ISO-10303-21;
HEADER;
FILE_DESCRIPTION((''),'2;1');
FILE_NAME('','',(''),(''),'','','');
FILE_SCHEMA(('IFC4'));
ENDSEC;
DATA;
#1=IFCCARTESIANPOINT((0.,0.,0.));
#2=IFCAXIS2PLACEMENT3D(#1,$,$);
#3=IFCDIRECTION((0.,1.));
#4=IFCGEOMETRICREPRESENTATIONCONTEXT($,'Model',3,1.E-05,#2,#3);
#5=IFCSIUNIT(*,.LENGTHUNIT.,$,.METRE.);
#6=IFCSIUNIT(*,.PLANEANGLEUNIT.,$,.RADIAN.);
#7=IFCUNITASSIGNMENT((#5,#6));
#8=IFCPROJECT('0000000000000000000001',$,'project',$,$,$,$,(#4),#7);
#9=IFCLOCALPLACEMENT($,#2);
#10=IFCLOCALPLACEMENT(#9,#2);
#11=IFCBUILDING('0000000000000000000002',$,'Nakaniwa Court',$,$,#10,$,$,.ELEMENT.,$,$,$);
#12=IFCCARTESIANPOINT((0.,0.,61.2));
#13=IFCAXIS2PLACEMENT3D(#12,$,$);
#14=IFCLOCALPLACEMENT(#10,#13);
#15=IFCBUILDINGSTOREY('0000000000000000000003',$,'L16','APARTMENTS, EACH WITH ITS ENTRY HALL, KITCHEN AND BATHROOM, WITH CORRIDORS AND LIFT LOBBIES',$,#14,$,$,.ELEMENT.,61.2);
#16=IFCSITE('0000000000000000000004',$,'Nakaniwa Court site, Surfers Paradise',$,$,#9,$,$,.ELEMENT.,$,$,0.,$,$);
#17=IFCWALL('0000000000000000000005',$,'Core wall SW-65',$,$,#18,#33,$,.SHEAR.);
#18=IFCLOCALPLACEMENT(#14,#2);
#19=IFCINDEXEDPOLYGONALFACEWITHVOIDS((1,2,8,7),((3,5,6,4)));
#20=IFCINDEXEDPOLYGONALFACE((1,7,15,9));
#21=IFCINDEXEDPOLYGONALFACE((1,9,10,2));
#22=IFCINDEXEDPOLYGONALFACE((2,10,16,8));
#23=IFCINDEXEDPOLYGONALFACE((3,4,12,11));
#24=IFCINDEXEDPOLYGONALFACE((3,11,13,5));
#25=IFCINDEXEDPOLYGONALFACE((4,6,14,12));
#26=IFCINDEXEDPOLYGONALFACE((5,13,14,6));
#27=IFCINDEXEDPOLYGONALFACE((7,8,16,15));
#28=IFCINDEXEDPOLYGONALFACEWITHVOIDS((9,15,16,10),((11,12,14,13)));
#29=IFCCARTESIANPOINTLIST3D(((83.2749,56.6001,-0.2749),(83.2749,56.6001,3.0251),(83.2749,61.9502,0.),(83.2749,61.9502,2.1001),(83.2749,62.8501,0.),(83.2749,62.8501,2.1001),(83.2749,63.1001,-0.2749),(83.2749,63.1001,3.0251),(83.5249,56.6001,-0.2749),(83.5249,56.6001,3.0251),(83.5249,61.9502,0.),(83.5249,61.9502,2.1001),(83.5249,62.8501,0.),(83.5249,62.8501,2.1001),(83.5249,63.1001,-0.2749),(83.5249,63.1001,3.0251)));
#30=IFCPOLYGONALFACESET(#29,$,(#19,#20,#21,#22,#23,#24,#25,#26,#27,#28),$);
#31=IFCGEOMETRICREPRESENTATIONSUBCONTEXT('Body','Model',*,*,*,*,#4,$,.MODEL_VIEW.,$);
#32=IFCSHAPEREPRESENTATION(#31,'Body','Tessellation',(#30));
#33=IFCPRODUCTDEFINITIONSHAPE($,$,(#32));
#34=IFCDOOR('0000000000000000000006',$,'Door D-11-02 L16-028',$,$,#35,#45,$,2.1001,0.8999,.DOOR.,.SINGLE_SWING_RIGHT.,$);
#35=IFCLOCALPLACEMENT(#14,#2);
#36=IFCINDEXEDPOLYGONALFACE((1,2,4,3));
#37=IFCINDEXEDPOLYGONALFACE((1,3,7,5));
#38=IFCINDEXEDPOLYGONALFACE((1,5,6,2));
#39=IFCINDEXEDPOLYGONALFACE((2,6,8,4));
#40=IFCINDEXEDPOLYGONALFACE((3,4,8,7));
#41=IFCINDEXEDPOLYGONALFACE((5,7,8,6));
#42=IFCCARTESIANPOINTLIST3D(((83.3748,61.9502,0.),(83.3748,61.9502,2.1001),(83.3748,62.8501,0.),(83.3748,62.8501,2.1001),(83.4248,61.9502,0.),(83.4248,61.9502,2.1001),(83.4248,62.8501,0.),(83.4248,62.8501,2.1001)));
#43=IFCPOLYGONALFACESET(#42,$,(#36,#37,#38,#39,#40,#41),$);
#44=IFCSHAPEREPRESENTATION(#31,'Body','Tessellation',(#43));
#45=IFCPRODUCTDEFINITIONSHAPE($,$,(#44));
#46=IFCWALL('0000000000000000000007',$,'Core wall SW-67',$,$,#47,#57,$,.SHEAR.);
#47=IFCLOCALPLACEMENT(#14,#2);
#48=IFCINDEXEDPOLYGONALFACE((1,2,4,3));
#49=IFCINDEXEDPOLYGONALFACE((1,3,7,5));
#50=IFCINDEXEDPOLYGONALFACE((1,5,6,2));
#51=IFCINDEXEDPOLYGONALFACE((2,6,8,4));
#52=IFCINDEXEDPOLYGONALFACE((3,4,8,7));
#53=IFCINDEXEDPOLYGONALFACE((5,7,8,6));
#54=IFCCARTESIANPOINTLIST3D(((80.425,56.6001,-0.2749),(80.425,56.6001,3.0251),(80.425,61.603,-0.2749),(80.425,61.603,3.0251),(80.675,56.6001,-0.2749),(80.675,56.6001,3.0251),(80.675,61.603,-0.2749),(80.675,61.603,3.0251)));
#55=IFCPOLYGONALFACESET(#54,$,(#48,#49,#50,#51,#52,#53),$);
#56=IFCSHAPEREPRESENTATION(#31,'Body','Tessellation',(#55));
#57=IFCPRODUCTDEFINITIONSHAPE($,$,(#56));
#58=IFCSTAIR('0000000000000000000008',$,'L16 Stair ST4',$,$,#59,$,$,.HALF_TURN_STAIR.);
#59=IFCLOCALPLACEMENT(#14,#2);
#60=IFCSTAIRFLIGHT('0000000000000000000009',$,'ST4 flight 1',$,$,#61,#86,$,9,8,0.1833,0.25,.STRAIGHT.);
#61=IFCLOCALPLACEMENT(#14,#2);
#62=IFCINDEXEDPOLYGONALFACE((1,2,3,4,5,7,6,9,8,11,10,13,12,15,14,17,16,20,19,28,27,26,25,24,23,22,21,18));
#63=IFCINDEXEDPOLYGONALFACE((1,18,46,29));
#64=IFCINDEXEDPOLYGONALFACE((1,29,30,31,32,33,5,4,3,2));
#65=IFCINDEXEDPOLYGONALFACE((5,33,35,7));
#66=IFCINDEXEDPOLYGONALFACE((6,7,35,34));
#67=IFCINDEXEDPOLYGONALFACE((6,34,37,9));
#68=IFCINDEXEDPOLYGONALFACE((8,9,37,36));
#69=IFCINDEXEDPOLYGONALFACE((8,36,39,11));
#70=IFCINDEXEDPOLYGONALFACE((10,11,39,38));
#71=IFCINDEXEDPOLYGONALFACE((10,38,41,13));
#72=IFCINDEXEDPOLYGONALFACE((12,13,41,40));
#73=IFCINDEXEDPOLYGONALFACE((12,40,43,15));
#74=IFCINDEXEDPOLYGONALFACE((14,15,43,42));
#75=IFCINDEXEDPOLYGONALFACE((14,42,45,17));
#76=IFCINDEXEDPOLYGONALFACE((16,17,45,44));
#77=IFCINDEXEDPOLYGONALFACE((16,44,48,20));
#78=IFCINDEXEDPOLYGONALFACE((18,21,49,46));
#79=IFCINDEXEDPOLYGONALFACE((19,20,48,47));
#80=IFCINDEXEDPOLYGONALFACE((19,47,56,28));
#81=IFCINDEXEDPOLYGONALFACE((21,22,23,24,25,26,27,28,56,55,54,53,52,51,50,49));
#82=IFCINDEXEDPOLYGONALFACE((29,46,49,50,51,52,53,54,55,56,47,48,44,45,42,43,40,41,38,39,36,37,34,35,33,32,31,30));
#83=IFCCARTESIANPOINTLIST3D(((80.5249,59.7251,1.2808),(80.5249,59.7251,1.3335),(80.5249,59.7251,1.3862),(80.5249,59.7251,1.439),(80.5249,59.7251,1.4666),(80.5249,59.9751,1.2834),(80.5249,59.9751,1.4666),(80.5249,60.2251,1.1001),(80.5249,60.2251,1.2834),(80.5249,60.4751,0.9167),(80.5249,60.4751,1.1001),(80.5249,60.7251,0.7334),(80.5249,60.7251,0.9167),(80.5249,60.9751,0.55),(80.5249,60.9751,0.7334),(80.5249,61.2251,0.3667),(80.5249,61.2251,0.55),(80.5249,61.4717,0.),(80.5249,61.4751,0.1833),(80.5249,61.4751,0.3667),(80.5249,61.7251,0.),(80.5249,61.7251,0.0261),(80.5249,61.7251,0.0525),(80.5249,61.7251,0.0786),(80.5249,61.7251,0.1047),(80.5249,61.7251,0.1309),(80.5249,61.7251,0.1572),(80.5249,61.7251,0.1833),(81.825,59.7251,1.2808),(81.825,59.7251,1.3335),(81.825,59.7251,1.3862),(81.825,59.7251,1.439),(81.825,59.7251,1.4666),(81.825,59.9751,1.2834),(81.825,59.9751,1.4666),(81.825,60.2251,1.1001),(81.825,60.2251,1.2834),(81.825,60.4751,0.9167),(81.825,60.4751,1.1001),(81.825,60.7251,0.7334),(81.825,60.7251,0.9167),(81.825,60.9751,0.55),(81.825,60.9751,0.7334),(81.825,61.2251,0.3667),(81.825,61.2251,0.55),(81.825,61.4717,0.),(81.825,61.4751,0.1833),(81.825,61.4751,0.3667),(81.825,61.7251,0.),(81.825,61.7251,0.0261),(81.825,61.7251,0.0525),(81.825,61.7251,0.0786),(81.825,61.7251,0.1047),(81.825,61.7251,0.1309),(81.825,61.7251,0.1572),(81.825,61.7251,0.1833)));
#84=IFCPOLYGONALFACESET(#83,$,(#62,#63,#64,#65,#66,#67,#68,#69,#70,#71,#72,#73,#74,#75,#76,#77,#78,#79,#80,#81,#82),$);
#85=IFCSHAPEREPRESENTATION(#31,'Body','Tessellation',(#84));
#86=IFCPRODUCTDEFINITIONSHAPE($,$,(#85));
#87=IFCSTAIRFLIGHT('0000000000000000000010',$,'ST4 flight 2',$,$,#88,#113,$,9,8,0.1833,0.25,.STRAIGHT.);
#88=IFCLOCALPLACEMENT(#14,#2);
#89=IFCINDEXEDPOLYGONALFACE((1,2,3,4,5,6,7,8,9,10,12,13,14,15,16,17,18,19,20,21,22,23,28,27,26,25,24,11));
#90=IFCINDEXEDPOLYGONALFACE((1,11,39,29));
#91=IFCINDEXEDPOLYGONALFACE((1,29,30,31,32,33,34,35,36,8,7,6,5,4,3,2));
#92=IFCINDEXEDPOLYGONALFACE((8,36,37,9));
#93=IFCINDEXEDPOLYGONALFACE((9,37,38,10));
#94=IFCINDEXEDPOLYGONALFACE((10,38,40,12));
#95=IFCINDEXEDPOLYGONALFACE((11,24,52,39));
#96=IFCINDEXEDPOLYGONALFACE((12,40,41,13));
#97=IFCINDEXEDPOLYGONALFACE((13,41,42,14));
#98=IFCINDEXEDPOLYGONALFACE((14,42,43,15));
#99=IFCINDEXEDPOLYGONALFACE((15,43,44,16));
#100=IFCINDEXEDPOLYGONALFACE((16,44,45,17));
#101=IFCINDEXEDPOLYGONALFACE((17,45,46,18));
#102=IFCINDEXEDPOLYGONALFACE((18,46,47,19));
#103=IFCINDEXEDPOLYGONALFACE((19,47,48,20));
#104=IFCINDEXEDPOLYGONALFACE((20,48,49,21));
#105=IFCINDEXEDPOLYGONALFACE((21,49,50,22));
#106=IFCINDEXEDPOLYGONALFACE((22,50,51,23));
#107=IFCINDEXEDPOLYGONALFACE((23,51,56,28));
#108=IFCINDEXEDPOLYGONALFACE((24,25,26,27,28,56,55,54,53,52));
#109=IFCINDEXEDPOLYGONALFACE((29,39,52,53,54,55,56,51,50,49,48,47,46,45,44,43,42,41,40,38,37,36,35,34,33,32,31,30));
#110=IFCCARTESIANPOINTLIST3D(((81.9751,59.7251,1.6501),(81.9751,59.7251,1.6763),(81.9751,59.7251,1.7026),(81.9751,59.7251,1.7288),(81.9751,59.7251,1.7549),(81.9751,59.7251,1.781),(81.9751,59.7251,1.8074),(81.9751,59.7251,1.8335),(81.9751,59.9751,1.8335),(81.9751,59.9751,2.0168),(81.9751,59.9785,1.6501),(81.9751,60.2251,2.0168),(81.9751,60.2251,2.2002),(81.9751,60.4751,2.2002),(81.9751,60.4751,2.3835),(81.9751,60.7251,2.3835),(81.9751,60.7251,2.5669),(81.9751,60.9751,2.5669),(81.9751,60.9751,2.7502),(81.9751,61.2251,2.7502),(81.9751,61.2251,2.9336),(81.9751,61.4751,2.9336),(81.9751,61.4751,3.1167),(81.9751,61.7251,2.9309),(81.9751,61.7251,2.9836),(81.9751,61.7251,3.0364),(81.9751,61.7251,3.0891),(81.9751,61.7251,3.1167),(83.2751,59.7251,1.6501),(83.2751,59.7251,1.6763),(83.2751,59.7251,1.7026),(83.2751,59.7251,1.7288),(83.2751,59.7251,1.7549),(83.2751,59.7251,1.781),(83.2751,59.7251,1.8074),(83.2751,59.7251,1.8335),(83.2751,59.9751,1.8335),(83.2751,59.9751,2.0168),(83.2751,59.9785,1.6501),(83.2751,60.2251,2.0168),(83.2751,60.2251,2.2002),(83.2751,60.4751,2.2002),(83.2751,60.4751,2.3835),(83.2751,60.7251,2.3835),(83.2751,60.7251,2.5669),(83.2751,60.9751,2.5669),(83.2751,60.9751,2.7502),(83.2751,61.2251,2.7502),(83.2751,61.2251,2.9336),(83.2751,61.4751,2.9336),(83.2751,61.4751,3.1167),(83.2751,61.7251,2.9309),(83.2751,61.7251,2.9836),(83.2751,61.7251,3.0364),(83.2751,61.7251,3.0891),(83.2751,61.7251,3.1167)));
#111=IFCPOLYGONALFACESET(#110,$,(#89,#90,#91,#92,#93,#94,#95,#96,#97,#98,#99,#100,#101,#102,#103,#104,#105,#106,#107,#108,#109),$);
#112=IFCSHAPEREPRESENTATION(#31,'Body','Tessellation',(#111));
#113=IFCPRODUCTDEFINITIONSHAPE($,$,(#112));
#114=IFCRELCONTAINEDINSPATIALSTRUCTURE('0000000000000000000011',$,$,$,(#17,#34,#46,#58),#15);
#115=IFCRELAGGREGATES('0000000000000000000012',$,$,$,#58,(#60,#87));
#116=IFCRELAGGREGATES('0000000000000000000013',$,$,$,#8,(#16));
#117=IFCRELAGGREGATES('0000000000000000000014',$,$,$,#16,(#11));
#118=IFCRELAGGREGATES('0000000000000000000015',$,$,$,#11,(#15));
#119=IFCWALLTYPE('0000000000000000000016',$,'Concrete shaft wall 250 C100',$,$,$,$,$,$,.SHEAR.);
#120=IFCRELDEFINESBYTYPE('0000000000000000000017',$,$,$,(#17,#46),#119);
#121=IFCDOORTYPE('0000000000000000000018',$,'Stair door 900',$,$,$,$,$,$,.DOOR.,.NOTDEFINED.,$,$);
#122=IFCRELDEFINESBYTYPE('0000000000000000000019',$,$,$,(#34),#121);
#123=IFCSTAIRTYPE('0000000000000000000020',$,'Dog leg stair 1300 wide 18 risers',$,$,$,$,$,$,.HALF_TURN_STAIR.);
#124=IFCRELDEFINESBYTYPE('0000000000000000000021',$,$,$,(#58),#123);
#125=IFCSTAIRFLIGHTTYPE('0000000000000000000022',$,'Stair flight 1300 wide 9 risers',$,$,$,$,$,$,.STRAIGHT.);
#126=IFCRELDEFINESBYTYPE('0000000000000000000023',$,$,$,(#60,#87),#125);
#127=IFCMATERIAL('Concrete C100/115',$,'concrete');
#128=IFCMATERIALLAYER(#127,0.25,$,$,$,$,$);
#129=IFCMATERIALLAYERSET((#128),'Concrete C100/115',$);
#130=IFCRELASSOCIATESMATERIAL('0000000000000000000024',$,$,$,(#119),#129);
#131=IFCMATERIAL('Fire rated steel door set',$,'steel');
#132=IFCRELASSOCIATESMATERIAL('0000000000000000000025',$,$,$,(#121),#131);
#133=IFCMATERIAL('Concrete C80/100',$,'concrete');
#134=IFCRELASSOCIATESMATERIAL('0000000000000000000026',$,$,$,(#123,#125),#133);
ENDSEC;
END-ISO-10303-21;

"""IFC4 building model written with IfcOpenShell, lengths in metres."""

from ifc_helpers import new_model, si_unit, direction, frame, frame_2d, origin, place, context, subcontext, project, spatial, polyline, rectangle, outline, extrude, material, layer, layer_set, type_object, element, fill, aggregate, save


model = new_model("IFC4")

# Units and contexts
model_context = context("Model", 3, precision=1e-05, world=origin(), true_north=direction((0.0, 1.0)))
body_context = subcontext(model_context, "Body", "Model", "MODEL_VIEW")
ifc_project = project(units=[si_unit("LENGTHUNIT", "METRE"), si_unit("PLANEANGLEUNIT", "RADIAN")], contexts=[model_context])

# Site, building, storey
site_placement = place(None, origin())
site = spatial("IfcSite", under=ifc_project, at=site_placement, Name="Nakaniwa Court site, Surfers Paradise", CompositionType="ELEMENT", RefElevation=0.0)
building_placement = place(site_placement, origin())
building = spatial("IfcBuilding", under=site, at=building_placement, Name="Nakaniwa Court", CompositionType="ELEMENT")
storey_placement = place(building_placement, frame((0.0, 0.0, 61.2)))
storey = spatial("IfcBuildingStorey", under=building, at=storey_placement, Name="L16", Description="APARTMENTS, EACH WITH ITS ENTRY HALL, KITCHEN AND BATHROOM, WITH CORRIDORS AND LIFT LOBBIES", CompositionType="ELEMENT", Elevation=61.2)

# Shared definitions
ifc_material_1 = material(Name="Concrete C80/100", Category="concrete")

# Shared definitions
ifc_material_2 = material(Name="Fire rated steel door set", Category="steel")

# Shared definitions
ifc_material_3 = material(Name="Concrete C100/115", Category="concrete")
ifc_layer_1 = layer(ifc_material_3, 0.25)
ifc_layer_set_1 = layer_set([ifc_layer_1], Name="Concrete C100/115")
wall_type_1 = type_object("IfcWallType", Name="Concrete shaft wall 250 C100", PredefinedType="SHEAR", material=ifc_layer_set_1)

# Wall, opening, door
wall_1_placement = place(storey_placement, frame((83.3999, 63.1001, -0.2749), z_axis=(0.0, 0.0, 1.0), x_axis=(0.0, -1.0, 0.0)))
wall_1 = element("IfcWall", 1, at=wall_1_placement, inside=storey, type_object=wall_type_1, Name="Core wall SW-65", PredefinedType="SHEAR", context=body_context, shape_type="SweptSolid", body=[
    extrude(rectangle(XDim=6.5, YDim=0.25, at=frame_2d((3.25, 0.0))), origin(), (0.0, 0.0, 1.0), 3.3),
])
opening_1_placement = place(wall_1_placement, frame((0.25, 0.0, 0.2749)))
opening_1 = element("IfcOpeningElement", 2, at=opening_1_placement, cuts=wall_1, PredefinedType="OPENING", context=body_context, shape_type="SweptSolid", body=[
    extrude(rectangle(XDim=0.8999, YDim=2.1001, at=frame_2d((0.45, 1.05))), frame((0.0, 0.135, 0.0), z_axis=(0.0, -1.0, 0.0), x_axis=(1.0, 0.0, 0.0)), (0.0, 0.0, 1.0), 0.27),
])
door_type_1 = type_object("IfcDoorType", Name="Stair door 900", OperationType="NOTDEFINED", PredefinedType="DOOR", material=ifc_material_2)
door_1_placement = place(opening_1_placement, origin())
door_1 = element("IfcDoor", 3, at=door_1_placement, inside=storey, type_object=door_type_1, Name="Door D-11-02 L16-028", OperationType="SINGLE_SWING_RIGHT", OverallHeight=2.1001, OverallWidth=0.8999, PredefinedType="DOOR", context=body_context, shape_type="SweptSolid", body=[
    extrude(rectangle(XDim=0.8999, YDim=2.1001, at=frame_2d((0.45, 1.05))), frame((0.0, 0.0249, 0.0), z_axis=(0.0, -1.0, 0.0), x_axis=(1.0, 0.0, 0.0)), (0.0, 0.0, 1.0), 0.05),
])
fill(opening_1, door_1)

# Wall
wall_2_placement = place(storey_placement, frame((80.55, 56.6001, -0.2749), z_axis=(0.0, 0.0, 1.0), x_axis=(0.0, 1.0, 0.0)))
element("IfcWall", 4, at=wall_2_placement, inside=storey, type_object=wall_type_1, Name="Core wall SW-67", PredefinedType="SHEAR", context=body_context, shape_type="SweptSolid", body=[
    extrude(rectangle(XDim=5.0029, YDim=0.25, at=frame_2d((2.5015, 0.0))), origin(), (0.0, 0.0, 1.0), 3.3),
])

# Stair, stair flights
stair_type = type_object("IfcStairType", Name="Dog leg stair 1300 wide 18 risers", PredefinedType="HALF_TURN_STAIR", material=ifc_material_1)
stair_placement = place(storey_placement, origin())
stair = element("IfcStair", 5, at=stair_placement, inside=storey, type_object=stair_type, Name="L16 Stair ST4", PredefinedType="HALF_TURN_STAIR")
stair_flight_type = type_object("IfcStairFlightType", Name="Stair flight 1300 wide 9 risers", PredefinedType="STRAIGHT", material=ifc_material_1)
stair_flight_1_placement = place(storey_placement, frame((81.175, 61.7251, 0.0), z_axis=(0.0, 0.0, 1.0), x_axis=(0.0, -1.0, 0.0)))
stair_flight_1 = element("IfcStairFlight", 6, at=stair_flight_1_placement, type_object=stair_flight_type, Name="ST4 flight 1", NumberOfRisers=9, NumberOfTreads=8, PredefinedType="STRAIGHT", RiserHeight=0.1833, TreadLength=0.25, context=body_context, shape_type="SweptSolid", body=[
    extrude(outline(polyline([(0.0, 0.0), (0.0, 0.0261), (0.0, 0.0525), (0.0, 0.0786), (0.0, 0.1047), (0.0, 0.1309), (0.0, 0.1572), (0.0, 0.1833), (0.25, 0.1833), (0.25, 0.3667), (0.5, 0.3667), (0.5, 0.55), (0.75, 0.55), (0.75, 0.7334), (1.0, 0.7334), (1.0, 0.9167), (1.25, 0.9167), (1.25, 1.1001), (1.5, 1.1001), (1.5, 1.2834), (1.75, 1.2834), (1.75, 1.4666), (2.0, 1.4666), (2.0, 1.6499), (2.0, 1.5972), (2.0, 1.5444), (2.0, 1.4917), (2.0, 1.439), (2.0, 1.3862), (2.0, 1.3335), (2.0, 1.2808), (0.2534, 0.0), (0.0, 0.0)])), frame((0.0, 0.6499, 0.0), z_axis=(0.0, -1.0, 0.0), x_axis=(1.0, 0.0, 0.0)), (0.0, 0.0, 1.0), 1.3),
])
stair_flight_2_placement = place(storey_placement, frame((82.625, 59.7251, 1.6501), z_axis=(0.0, 0.0, 1.0), x_axis=(0.0, 1.0, 0.0)))
stair_flight_2 = element("IfcStairFlight", 7, at=stair_flight_2_placement, type_object=stair_flight_type, Name="ST4 flight 2", NumberOfRisers=9, NumberOfTreads=8, PredefinedType="STRAIGHT", RiserHeight=0.1833, TreadLength=0.25, context=body_context, shape_type="SweptSolid", body=[
    extrude(outline(polyline([(0.0, 0.0), (0.0, 0.0261), (0.0, 0.0525), (0.0, 0.0786), (0.0, 0.1047), (0.0, 0.1309), (0.0, 0.1572), (0.0, 0.1833), (0.25, 0.1833), (0.25, 0.3667), (0.5, 0.3667), (0.5, 0.55), (0.75, 0.55), (0.75, 0.7334), (1.0, 0.7334), (1.0, 0.9167), (1.25, 0.9167), (1.25, 1.1001), (1.5, 1.1001), (1.5, 1.2834), (1.75, 1.2834), (1.75, 1.4666), (2.0, 1.4666), (2.0, 1.6499), (2.0, 1.5972), (2.0, 1.5444), (2.0, 1.4917), (2.0, 1.439), (2.0, 1.3862), (2.0, 1.3335), (2.0, 1.2808), (0.2534, 0.0), (0.0, 0.0)])), frame((0.0, 0.6499, 0.0), z_axis=(0.0, -1.0, 0.0), x_axis=(1.0, 0.0, 0.0)), (0.0, 0.0, 1.0), 1.3),
])
aggregate(stair, [stair_flight_1, stair_flight_2])

save(model, "model.ifc")
